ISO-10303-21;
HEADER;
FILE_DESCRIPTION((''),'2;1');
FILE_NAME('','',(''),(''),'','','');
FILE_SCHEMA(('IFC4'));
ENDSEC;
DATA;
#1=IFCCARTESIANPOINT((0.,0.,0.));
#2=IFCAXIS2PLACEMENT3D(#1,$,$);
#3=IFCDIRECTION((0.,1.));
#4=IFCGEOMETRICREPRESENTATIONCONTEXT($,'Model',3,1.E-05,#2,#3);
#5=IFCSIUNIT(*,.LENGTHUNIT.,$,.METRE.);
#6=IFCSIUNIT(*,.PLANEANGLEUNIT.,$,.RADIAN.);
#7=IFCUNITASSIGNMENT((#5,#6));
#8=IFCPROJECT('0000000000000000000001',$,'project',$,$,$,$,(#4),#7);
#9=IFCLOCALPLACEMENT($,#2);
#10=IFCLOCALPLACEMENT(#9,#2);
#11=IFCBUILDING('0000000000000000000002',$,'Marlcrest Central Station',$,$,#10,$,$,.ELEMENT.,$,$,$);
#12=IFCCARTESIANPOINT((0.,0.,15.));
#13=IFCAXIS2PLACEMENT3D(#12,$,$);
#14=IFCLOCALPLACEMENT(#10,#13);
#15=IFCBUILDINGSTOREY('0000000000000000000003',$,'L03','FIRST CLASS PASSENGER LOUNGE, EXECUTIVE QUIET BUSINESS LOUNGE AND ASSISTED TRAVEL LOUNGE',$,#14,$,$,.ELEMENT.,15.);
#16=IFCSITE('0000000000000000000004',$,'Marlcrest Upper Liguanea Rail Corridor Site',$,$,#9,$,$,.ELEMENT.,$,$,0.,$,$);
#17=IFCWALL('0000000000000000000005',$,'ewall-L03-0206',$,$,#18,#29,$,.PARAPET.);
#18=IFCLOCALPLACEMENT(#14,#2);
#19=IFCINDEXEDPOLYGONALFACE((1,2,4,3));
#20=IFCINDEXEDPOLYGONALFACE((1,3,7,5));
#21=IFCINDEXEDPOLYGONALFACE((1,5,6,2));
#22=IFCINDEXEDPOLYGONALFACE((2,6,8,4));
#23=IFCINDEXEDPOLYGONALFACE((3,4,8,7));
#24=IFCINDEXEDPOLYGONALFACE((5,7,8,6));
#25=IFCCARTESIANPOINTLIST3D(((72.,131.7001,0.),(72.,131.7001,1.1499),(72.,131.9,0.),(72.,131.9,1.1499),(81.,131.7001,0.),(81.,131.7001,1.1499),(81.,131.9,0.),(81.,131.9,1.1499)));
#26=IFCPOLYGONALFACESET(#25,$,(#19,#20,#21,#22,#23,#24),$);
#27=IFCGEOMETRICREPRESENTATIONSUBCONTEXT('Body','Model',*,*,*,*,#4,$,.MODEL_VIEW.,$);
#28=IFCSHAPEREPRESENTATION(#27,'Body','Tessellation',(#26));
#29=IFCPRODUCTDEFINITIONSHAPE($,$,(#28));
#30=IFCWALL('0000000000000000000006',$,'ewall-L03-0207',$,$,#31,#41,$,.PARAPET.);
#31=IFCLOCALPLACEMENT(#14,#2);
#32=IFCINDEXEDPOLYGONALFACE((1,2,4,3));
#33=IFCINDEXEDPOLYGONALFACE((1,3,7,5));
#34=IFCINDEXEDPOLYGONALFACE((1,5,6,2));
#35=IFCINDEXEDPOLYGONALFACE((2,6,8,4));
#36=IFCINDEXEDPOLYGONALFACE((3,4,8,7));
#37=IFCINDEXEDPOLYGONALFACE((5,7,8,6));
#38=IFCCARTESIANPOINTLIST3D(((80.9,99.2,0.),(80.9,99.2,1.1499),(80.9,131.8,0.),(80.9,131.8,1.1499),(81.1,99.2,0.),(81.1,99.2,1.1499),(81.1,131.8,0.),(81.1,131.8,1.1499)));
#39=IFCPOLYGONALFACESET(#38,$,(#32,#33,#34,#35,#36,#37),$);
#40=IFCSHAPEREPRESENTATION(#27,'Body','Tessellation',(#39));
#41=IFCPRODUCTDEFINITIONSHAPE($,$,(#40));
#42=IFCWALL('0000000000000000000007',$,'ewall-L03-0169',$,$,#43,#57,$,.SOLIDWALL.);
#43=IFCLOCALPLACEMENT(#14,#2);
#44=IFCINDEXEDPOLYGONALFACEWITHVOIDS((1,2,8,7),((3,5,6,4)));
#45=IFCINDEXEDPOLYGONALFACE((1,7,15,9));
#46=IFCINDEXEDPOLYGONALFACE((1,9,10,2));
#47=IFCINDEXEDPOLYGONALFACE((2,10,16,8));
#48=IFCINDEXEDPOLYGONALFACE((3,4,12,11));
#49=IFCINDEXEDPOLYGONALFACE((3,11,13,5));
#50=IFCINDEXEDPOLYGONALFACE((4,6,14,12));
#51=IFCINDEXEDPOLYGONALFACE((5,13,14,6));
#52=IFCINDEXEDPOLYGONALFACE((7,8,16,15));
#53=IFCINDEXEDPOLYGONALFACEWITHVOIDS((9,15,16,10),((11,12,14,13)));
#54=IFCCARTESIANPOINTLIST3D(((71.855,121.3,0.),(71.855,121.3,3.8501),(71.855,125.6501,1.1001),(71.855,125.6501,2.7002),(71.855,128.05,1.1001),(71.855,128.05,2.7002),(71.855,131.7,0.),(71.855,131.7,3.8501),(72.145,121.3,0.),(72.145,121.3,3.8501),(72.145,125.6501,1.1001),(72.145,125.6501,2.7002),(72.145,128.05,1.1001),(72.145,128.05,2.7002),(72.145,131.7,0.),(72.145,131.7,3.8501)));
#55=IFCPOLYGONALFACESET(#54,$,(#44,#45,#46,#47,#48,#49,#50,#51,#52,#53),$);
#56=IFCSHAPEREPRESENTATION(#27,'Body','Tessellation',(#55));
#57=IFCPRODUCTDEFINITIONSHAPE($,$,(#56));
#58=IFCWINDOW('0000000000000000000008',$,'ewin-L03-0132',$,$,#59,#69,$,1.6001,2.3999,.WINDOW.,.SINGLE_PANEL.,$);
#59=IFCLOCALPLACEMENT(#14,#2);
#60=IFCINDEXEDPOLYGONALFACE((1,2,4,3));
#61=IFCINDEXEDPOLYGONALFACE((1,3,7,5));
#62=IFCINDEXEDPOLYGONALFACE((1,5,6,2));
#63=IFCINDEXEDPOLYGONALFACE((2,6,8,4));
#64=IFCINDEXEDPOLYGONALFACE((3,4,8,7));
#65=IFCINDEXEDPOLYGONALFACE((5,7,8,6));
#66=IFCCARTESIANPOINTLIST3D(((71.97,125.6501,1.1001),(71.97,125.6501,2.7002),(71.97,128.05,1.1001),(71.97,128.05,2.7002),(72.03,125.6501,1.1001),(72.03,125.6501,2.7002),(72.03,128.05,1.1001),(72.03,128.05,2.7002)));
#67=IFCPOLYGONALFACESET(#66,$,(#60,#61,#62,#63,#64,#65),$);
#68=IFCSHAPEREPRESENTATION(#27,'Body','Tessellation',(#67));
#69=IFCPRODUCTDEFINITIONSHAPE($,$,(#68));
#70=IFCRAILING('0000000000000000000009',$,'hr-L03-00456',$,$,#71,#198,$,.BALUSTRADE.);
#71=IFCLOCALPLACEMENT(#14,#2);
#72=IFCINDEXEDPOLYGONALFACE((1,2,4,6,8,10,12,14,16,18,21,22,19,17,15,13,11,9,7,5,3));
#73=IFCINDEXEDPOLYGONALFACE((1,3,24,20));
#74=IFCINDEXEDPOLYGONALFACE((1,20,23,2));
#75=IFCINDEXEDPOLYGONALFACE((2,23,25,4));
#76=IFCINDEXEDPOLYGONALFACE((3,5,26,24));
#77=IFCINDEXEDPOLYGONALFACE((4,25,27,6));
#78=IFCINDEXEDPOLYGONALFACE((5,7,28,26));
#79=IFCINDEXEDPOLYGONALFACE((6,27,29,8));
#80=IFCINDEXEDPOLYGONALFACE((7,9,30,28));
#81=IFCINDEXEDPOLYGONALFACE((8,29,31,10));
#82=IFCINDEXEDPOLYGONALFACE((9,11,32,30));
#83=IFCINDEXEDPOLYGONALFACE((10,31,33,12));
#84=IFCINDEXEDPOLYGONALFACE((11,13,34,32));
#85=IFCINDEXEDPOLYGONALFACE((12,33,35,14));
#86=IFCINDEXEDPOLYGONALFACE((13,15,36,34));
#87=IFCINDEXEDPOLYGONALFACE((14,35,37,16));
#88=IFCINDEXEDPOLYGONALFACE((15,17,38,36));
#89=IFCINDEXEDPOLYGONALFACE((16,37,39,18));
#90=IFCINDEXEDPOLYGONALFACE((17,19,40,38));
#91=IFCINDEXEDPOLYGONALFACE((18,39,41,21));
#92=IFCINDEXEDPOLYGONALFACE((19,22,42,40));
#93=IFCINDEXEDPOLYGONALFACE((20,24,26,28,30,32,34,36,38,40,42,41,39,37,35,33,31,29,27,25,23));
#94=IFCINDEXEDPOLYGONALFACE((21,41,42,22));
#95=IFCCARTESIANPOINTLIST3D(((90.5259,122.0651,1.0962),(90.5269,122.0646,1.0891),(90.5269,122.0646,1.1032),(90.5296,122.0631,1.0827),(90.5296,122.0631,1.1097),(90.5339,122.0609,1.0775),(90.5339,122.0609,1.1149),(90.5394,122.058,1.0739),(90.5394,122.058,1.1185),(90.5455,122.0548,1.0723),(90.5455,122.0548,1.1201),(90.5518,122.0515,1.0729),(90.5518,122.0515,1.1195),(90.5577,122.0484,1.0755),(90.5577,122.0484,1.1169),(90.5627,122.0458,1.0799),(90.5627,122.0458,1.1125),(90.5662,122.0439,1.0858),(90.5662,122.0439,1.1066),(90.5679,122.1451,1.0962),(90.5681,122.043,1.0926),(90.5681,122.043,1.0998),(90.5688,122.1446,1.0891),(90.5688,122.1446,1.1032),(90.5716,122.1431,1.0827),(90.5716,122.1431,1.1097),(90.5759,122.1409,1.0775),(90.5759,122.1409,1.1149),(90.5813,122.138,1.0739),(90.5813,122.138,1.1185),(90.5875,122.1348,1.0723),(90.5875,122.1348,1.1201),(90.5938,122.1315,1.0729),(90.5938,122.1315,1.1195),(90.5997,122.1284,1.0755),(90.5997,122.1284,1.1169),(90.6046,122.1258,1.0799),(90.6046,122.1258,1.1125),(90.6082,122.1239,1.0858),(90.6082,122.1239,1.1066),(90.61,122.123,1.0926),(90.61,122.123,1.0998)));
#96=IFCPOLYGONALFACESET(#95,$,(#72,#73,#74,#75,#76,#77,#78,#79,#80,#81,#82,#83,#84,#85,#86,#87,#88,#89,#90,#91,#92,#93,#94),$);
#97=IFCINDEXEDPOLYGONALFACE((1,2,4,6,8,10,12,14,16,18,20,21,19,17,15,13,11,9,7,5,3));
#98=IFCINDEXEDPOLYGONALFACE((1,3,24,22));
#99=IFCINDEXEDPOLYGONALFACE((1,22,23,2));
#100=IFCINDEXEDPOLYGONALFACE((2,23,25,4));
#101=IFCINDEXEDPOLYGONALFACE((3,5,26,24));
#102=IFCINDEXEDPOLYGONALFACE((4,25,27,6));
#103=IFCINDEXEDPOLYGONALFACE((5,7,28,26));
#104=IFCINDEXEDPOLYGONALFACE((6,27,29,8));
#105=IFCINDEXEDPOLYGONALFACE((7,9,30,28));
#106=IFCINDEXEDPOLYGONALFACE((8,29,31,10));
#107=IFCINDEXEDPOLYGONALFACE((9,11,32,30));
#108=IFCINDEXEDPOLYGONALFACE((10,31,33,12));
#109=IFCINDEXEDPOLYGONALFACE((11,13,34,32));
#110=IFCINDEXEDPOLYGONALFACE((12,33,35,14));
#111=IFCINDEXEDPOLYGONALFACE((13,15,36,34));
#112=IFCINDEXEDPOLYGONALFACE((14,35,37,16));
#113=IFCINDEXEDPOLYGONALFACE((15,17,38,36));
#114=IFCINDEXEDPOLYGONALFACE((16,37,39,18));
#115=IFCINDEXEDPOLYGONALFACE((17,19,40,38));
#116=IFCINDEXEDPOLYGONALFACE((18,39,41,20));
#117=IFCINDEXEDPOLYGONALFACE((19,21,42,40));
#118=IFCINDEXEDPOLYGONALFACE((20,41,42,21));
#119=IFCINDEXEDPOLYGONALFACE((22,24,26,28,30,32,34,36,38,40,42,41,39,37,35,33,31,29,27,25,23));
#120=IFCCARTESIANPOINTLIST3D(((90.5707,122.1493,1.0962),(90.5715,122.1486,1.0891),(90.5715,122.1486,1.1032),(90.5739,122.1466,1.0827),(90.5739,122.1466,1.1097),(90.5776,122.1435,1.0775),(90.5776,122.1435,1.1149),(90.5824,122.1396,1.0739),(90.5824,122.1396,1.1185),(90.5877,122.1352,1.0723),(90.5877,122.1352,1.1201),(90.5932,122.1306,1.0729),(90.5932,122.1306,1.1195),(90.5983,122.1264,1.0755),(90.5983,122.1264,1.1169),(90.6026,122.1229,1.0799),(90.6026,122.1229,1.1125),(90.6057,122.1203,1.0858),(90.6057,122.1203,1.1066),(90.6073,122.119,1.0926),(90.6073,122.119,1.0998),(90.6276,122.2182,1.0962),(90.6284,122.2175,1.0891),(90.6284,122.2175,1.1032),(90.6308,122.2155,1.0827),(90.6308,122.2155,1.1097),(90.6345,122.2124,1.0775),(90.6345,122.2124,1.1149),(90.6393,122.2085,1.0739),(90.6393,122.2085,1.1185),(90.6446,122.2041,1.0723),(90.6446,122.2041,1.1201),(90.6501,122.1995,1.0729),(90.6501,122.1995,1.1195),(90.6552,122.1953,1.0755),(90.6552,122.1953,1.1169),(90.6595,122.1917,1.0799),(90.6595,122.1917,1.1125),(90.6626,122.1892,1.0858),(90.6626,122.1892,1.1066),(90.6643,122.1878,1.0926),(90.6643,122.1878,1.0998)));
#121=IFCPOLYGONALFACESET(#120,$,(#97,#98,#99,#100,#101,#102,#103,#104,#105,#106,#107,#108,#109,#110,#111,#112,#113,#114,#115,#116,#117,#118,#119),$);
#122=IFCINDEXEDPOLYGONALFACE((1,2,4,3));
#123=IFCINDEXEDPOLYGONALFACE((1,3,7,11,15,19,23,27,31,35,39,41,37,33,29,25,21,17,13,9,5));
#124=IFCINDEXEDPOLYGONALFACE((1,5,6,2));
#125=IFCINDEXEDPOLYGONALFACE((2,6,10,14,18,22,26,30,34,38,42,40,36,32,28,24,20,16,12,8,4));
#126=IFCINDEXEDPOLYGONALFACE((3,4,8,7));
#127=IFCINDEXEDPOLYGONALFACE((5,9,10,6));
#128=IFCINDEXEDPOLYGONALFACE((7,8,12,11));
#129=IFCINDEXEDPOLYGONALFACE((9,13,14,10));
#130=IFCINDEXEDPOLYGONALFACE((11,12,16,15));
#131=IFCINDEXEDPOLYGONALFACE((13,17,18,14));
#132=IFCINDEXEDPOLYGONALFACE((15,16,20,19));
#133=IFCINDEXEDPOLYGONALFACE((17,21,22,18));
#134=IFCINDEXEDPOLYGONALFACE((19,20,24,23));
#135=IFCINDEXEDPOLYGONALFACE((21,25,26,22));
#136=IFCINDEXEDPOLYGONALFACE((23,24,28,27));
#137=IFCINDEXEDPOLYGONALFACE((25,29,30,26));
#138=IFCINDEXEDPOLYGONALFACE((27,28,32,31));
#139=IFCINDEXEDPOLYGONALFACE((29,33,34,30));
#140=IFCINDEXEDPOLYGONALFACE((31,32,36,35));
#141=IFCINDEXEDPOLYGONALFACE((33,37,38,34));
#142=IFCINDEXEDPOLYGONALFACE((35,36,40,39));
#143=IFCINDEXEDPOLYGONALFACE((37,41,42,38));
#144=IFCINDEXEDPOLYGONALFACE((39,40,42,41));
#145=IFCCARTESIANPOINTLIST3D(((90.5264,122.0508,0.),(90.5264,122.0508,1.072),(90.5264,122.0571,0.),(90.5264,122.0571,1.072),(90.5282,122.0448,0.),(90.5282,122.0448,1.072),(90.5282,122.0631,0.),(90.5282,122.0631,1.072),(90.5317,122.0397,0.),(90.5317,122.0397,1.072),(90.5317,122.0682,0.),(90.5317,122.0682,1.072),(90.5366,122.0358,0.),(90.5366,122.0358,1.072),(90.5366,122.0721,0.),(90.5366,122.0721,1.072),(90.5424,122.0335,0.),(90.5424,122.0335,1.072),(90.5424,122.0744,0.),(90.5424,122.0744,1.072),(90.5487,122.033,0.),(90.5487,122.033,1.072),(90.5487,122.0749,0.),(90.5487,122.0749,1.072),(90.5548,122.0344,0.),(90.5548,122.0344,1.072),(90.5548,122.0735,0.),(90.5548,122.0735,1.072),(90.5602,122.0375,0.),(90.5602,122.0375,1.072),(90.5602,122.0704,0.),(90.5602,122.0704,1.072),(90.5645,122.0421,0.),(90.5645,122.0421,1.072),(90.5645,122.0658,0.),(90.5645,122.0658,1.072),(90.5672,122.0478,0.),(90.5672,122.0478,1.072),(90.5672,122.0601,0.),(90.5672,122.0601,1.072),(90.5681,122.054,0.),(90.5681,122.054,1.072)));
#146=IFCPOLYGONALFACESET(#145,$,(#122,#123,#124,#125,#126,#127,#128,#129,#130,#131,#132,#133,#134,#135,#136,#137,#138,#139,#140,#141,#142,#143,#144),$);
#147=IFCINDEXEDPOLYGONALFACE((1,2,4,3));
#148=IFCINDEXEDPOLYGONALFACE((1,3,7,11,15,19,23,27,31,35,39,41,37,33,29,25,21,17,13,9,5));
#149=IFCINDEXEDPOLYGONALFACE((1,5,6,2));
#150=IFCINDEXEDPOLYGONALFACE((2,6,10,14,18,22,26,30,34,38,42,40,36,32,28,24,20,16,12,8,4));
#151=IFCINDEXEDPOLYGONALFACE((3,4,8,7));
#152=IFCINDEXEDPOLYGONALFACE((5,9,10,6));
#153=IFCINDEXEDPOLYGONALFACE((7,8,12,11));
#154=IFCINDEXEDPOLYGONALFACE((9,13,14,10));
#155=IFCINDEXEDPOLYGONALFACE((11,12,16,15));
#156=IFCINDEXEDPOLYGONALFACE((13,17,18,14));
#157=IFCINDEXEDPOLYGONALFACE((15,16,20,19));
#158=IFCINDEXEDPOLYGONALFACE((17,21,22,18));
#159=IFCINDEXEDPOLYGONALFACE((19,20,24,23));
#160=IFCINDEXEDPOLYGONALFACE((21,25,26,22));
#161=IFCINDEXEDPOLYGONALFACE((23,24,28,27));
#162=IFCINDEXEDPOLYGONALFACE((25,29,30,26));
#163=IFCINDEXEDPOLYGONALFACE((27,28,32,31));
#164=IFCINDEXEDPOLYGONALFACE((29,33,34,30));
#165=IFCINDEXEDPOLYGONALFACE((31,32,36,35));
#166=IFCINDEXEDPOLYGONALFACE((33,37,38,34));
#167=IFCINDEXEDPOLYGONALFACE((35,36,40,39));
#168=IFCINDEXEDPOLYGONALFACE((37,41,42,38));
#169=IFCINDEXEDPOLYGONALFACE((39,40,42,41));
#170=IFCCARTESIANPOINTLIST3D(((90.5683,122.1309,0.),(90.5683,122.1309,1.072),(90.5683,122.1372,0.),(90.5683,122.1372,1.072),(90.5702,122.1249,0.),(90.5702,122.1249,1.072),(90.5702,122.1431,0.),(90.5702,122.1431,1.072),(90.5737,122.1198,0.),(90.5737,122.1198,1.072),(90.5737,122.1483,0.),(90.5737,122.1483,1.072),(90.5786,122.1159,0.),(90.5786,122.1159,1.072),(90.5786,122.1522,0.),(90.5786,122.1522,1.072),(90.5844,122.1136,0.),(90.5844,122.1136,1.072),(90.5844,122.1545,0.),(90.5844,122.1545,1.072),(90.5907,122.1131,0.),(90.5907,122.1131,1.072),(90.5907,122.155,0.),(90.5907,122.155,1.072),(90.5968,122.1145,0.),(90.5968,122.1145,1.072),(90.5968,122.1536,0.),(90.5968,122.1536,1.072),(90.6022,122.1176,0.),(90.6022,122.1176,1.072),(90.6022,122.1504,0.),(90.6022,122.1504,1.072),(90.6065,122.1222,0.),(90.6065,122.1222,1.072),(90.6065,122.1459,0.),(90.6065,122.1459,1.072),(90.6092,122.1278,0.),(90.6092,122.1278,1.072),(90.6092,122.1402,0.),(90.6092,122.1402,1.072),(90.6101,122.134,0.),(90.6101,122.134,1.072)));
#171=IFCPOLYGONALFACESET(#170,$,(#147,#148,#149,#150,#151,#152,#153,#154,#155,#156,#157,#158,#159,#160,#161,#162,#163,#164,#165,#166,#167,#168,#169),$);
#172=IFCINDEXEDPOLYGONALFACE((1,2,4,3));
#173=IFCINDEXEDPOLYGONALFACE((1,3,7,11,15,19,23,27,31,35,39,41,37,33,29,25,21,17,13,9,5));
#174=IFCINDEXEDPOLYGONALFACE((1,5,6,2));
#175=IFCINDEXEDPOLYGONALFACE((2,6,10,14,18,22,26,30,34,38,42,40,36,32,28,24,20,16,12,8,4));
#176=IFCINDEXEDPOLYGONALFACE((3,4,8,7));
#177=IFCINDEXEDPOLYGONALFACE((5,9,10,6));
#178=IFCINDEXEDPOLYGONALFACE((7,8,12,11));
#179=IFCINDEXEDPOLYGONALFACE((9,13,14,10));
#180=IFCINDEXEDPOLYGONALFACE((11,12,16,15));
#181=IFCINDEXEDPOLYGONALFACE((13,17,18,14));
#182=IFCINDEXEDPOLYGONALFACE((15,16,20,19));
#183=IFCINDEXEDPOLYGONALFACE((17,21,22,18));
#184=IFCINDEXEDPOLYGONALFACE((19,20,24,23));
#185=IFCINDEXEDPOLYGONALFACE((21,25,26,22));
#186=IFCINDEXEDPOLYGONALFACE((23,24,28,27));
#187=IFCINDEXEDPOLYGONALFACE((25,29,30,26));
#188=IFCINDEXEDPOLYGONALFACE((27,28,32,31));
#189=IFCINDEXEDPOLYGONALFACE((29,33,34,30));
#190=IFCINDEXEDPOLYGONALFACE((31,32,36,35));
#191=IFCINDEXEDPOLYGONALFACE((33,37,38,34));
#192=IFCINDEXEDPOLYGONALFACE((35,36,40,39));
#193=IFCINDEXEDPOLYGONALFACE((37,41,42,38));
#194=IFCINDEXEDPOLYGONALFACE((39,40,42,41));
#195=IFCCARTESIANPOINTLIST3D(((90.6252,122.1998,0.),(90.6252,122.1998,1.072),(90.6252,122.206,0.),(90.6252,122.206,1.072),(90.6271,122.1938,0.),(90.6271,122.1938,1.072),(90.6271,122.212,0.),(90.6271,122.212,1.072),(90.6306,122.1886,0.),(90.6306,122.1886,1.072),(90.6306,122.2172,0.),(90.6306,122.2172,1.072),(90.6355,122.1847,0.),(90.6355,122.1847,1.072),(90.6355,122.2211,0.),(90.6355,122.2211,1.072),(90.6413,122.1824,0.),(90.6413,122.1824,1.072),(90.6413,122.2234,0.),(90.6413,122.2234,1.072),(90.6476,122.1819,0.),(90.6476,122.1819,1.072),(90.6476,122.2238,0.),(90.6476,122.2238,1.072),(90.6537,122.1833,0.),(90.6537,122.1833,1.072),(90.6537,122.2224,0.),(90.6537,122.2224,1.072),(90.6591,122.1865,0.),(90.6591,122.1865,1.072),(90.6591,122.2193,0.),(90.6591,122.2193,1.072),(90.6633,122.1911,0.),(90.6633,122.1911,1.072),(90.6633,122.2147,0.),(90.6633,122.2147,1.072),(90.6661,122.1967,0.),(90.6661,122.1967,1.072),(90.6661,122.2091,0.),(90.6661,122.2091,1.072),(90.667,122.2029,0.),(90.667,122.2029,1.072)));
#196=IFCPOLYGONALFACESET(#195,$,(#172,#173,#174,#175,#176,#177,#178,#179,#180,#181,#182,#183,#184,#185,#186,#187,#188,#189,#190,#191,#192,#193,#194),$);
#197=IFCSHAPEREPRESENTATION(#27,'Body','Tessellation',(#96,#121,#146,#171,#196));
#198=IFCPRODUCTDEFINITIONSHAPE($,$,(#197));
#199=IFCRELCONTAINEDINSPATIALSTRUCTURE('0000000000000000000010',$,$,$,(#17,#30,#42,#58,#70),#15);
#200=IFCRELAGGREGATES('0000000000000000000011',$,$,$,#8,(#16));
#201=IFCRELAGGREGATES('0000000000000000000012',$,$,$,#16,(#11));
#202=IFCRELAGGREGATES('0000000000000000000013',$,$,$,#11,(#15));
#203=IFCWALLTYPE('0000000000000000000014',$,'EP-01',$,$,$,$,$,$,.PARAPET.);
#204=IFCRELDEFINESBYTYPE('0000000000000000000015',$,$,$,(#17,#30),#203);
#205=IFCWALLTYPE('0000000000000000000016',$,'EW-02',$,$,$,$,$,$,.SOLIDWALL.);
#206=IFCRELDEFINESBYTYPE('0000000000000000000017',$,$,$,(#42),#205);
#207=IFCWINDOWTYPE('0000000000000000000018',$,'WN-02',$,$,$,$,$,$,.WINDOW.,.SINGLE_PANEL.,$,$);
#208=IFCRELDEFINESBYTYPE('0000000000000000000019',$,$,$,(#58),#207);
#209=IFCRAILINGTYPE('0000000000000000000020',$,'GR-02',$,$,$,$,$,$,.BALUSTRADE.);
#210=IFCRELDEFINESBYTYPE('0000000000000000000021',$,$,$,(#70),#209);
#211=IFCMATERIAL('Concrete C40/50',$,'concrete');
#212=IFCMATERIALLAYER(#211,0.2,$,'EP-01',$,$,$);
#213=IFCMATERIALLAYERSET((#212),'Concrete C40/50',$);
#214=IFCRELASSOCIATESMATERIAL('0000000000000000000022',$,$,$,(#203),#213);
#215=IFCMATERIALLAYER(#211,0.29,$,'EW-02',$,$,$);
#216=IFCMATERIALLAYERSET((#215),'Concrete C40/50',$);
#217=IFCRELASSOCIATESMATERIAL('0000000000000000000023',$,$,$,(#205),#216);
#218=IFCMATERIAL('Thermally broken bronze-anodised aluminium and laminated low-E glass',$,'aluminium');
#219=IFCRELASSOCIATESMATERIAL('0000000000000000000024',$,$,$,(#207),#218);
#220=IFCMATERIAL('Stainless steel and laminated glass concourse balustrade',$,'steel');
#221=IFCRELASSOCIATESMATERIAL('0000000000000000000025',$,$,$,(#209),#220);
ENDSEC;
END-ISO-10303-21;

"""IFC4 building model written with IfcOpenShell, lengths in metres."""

from ifc_helpers import new_model, si_unit, direction, frame, frame_2d, origin, origin_2d, place, context, subcontext, project, spatial, rectangle, circle, extrude, material, layer, layer_set, type_object, element, fill, save


model = new_model("IFC4")

# Units and contexts
model_context = context("Model", 3, precision=1e-05, world=origin(), true_north=direction((0.0, 1.0)))
body_context = subcontext(model_context, "Body", "Model", "MODEL_VIEW")
ifc_project = project(units=[si_unit("LENGTHUNIT", "METRE"), si_unit("PLANEANGLEUNIT", "RADIAN")], contexts=[model_context])

# Site, building, storey
site_placement = place(None, origin())
site = spatial("IfcSite", under=ifc_project, at=site_placement, Name="Marlcrest Upper Liguanea Rail Corridor Site", CompositionType="ELEMENT", RefElevation=0.0)
building_placement = place(site_placement, origin())
building = spatial("IfcBuilding", under=site, at=building_placement, Name="Marlcrest Central Station", CompositionType="ELEMENT")
storey_placement = place(building_placement, frame((0.0, 0.0, 15.0)))
storey = spatial("IfcBuildingStorey", under=building, at=storey_placement, Name="L03", Description="FIRST CLASS PASSENGER LOUNGE, EXECUTIVE QUIET BUSINESS LOUNGE AND ASSISTED TRAVEL LOUNGE", CompositionType="ELEMENT", Elevation=15.0)

# Walls
ifc_material_1 = material(Name="Concrete C40/50", Category="concrete")
ifc_layer_1 = layer(ifc_material_1, 0.2, Name="EP-01")
ifc_layer_set_1 = layer_set([ifc_layer_1], Name="Concrete C40/50")
wall_type_1 = type_object("IfcWallType", Name="EP-01", PredefinedType="PARAPET", material=ifc_layer_set_1)
wall_1_placement = place(storey_placement, frame((72.0, 131.8, 0.0), z_axis=(0.0, 0.0, 1.0), x_axis=(1.0, 0.0, 0.0)))
element("IfcWall", 1, at=wall_1_placement, inside=storey, type_object=wall_type_1, Name="ewall-L03-0206", PredefinedType="PARAPET", context=body_context, shape_type="SweptSolid", body=[
    extrude(rectangle(XDim=9.0, YDim=0.2, at=frame_2d((4.5, 0.0))), origin(), (0.0, 0.0, 1.0), 1.1499),
])
wall_2_placement = place(storey_placement, frame((81.0, 131.8, 0.0), z_axis=(0.0, 0.0, 1.0), x_axis=(0.0, -1.0, 0.0)))
element("IfcWall", 2, at=wall_2_placement, inside=storey, type_object=wall_type_1, Name="ewall-L03-0207", PredefinedType="PARAPET", context=body_context, shape_type="SweptSolid", body=[
    extrude(rectangle(XDim=32.6001, YDim=0.2, at=frame_2d((16.3, 0.0))), origin(), (0.0, 0.0, 1.0), 1.1499),
])

# Wall, opening, window
ifc_layer_2 = layer(ifc_material_1, 0.29, Name="EW-02")
ifc_layer_set_2 = layer_set([ifc_layer_2], Name="Concrete C40/50")
wall_type_2 = type_object("IfcWallType", Name="EW-02", PredefinedType="SOLIDWALL", material=ifc_layer_set_2)
wall_3_placement = place(storey_placement, frame((72.0, 131.7, 0.0), z_axis=(0.0, 0.0, 1.0), x_axis=(0.0, -1.0, 0.0)))
wall_3 = element("IfcWall", 3, at=wall_3_placement, inside=storey, type_object=wall_type_2, Name="ewall-L03-0169", PredefinedType="SOLIDWALL", context=body_context, shape_type="SweptSolid", body=[
    extrude(rectangle(XDim=10.3999, YDim=0.29, at=frame_2d((5.2, 0.0))), origin(), (0.0, 0.0, 1.0), 3.8501),
])
opening_placement = place(wall_3_placement, frame((3.6499, 0.0, 1.1001)))
opening = element("IfcOpeningElement", 4, at=opening_placement, cuts=wall_3, PredefinedType="OPENING", context=body_context, shape_type="SweptSolid", body=[
    extrude(rectangle(XDim=2.3999, YDim=1.6001, at=frame_2d((1.2, 0.8))), frame((0.0, 0.155, 0.0), z_axis=(0.0, -1.0, 0.0), x_axis=(1.0, 0.0, 0.0)), (0.0, 0.0, 1.0), 0.3101),
])
ifc_material_2 = material(Name="Thermally broken bronze-anodised aluminium and laminated low-E glass", Category="aluminium")
window_type = type_object("IfcWindowType", Name="WN-02", PartitioningType="SINGLE_PANEL", PredefinedType="WINDOW", material=ifc_material_2)
window_placement = place(opening_placement, origin())
window = element("IfcWindow", 5, at=window_placement, inside=storey, type_object=window_type, Name="ewin-L03-0132", OverallHeight=1.6001, OverallWidth=2.3999, PartitioningType="SINGLE_PANEL", PredefinedType="WINDOW", context=body_context, shape_type="SweptSolid", body=[
    extrude(rectangle(XDim=2.3999, YDim=1.6001, at=frame_2d((1.2, 0.8))), frame((0.0, 0.03, 0.0), z_axis=(0.0, -1.0, 0.0), x_axis=(1.0, 0.0, 0.0)), (0.0, 0.0, 1.0), 0.0601),
])
fill(opening, window)

# Railing
ifc_material_3 = material(Name="Stainless steel and laminated glass concourse balustrade", Category="steel")
railing_type = type_object("IfcRailingType", Name="GR-02", PredefinedType="BALUSTRADE", material=ifc_material_3)
railing_placement = place(storey_placement, frame((90.5471, 122.054, 0.0)))
element("IfcRailing", 6, at=railing_placement, inside=storey, type_object=railing_type, Name="hr-L03-00456", PredefinedType="BALUSTRADE", context=body_context, shape_type="SweptSolid", body=[
    extrude(circle(Radius=0.0239, at=origin_2d()), frame((0.0, 0.0, 1.0962), z_axis=(0.464411, 0.88562, 0.0), x_axis=(-0.88562, 0.464411, 0.0)), (0.0, 0.0, 1.0), 0.0903),
    extrude(circle(Radius=0.0239, at=origin_2d()), frame((0.042, 0.0801, 1.0962), z_axis=(0.636952, 0.770903, 0.0), x_axis=(-0.770903, 0.636952, 0.0)), (0.0, 0.0, 1.0), 0.0894),
    extrude(circle(Radius=0.021, at=origin_2d()), origin(), (0.0, 0.0, 1.0), 1.072),
    extrude(circle(Radius=0.021, at=origin_2d()), frame((0.042, 0.0801, 0.0)), (0.0, 0.0, 1.0), 1.072),
    extrude(circle(Radius=0.021, at=origin_2d()), frame((0.0989, 0.1489, 0.0)), (0.0, 0.0, 1.0), 1.072),
])

save(model, "model.ifc")
